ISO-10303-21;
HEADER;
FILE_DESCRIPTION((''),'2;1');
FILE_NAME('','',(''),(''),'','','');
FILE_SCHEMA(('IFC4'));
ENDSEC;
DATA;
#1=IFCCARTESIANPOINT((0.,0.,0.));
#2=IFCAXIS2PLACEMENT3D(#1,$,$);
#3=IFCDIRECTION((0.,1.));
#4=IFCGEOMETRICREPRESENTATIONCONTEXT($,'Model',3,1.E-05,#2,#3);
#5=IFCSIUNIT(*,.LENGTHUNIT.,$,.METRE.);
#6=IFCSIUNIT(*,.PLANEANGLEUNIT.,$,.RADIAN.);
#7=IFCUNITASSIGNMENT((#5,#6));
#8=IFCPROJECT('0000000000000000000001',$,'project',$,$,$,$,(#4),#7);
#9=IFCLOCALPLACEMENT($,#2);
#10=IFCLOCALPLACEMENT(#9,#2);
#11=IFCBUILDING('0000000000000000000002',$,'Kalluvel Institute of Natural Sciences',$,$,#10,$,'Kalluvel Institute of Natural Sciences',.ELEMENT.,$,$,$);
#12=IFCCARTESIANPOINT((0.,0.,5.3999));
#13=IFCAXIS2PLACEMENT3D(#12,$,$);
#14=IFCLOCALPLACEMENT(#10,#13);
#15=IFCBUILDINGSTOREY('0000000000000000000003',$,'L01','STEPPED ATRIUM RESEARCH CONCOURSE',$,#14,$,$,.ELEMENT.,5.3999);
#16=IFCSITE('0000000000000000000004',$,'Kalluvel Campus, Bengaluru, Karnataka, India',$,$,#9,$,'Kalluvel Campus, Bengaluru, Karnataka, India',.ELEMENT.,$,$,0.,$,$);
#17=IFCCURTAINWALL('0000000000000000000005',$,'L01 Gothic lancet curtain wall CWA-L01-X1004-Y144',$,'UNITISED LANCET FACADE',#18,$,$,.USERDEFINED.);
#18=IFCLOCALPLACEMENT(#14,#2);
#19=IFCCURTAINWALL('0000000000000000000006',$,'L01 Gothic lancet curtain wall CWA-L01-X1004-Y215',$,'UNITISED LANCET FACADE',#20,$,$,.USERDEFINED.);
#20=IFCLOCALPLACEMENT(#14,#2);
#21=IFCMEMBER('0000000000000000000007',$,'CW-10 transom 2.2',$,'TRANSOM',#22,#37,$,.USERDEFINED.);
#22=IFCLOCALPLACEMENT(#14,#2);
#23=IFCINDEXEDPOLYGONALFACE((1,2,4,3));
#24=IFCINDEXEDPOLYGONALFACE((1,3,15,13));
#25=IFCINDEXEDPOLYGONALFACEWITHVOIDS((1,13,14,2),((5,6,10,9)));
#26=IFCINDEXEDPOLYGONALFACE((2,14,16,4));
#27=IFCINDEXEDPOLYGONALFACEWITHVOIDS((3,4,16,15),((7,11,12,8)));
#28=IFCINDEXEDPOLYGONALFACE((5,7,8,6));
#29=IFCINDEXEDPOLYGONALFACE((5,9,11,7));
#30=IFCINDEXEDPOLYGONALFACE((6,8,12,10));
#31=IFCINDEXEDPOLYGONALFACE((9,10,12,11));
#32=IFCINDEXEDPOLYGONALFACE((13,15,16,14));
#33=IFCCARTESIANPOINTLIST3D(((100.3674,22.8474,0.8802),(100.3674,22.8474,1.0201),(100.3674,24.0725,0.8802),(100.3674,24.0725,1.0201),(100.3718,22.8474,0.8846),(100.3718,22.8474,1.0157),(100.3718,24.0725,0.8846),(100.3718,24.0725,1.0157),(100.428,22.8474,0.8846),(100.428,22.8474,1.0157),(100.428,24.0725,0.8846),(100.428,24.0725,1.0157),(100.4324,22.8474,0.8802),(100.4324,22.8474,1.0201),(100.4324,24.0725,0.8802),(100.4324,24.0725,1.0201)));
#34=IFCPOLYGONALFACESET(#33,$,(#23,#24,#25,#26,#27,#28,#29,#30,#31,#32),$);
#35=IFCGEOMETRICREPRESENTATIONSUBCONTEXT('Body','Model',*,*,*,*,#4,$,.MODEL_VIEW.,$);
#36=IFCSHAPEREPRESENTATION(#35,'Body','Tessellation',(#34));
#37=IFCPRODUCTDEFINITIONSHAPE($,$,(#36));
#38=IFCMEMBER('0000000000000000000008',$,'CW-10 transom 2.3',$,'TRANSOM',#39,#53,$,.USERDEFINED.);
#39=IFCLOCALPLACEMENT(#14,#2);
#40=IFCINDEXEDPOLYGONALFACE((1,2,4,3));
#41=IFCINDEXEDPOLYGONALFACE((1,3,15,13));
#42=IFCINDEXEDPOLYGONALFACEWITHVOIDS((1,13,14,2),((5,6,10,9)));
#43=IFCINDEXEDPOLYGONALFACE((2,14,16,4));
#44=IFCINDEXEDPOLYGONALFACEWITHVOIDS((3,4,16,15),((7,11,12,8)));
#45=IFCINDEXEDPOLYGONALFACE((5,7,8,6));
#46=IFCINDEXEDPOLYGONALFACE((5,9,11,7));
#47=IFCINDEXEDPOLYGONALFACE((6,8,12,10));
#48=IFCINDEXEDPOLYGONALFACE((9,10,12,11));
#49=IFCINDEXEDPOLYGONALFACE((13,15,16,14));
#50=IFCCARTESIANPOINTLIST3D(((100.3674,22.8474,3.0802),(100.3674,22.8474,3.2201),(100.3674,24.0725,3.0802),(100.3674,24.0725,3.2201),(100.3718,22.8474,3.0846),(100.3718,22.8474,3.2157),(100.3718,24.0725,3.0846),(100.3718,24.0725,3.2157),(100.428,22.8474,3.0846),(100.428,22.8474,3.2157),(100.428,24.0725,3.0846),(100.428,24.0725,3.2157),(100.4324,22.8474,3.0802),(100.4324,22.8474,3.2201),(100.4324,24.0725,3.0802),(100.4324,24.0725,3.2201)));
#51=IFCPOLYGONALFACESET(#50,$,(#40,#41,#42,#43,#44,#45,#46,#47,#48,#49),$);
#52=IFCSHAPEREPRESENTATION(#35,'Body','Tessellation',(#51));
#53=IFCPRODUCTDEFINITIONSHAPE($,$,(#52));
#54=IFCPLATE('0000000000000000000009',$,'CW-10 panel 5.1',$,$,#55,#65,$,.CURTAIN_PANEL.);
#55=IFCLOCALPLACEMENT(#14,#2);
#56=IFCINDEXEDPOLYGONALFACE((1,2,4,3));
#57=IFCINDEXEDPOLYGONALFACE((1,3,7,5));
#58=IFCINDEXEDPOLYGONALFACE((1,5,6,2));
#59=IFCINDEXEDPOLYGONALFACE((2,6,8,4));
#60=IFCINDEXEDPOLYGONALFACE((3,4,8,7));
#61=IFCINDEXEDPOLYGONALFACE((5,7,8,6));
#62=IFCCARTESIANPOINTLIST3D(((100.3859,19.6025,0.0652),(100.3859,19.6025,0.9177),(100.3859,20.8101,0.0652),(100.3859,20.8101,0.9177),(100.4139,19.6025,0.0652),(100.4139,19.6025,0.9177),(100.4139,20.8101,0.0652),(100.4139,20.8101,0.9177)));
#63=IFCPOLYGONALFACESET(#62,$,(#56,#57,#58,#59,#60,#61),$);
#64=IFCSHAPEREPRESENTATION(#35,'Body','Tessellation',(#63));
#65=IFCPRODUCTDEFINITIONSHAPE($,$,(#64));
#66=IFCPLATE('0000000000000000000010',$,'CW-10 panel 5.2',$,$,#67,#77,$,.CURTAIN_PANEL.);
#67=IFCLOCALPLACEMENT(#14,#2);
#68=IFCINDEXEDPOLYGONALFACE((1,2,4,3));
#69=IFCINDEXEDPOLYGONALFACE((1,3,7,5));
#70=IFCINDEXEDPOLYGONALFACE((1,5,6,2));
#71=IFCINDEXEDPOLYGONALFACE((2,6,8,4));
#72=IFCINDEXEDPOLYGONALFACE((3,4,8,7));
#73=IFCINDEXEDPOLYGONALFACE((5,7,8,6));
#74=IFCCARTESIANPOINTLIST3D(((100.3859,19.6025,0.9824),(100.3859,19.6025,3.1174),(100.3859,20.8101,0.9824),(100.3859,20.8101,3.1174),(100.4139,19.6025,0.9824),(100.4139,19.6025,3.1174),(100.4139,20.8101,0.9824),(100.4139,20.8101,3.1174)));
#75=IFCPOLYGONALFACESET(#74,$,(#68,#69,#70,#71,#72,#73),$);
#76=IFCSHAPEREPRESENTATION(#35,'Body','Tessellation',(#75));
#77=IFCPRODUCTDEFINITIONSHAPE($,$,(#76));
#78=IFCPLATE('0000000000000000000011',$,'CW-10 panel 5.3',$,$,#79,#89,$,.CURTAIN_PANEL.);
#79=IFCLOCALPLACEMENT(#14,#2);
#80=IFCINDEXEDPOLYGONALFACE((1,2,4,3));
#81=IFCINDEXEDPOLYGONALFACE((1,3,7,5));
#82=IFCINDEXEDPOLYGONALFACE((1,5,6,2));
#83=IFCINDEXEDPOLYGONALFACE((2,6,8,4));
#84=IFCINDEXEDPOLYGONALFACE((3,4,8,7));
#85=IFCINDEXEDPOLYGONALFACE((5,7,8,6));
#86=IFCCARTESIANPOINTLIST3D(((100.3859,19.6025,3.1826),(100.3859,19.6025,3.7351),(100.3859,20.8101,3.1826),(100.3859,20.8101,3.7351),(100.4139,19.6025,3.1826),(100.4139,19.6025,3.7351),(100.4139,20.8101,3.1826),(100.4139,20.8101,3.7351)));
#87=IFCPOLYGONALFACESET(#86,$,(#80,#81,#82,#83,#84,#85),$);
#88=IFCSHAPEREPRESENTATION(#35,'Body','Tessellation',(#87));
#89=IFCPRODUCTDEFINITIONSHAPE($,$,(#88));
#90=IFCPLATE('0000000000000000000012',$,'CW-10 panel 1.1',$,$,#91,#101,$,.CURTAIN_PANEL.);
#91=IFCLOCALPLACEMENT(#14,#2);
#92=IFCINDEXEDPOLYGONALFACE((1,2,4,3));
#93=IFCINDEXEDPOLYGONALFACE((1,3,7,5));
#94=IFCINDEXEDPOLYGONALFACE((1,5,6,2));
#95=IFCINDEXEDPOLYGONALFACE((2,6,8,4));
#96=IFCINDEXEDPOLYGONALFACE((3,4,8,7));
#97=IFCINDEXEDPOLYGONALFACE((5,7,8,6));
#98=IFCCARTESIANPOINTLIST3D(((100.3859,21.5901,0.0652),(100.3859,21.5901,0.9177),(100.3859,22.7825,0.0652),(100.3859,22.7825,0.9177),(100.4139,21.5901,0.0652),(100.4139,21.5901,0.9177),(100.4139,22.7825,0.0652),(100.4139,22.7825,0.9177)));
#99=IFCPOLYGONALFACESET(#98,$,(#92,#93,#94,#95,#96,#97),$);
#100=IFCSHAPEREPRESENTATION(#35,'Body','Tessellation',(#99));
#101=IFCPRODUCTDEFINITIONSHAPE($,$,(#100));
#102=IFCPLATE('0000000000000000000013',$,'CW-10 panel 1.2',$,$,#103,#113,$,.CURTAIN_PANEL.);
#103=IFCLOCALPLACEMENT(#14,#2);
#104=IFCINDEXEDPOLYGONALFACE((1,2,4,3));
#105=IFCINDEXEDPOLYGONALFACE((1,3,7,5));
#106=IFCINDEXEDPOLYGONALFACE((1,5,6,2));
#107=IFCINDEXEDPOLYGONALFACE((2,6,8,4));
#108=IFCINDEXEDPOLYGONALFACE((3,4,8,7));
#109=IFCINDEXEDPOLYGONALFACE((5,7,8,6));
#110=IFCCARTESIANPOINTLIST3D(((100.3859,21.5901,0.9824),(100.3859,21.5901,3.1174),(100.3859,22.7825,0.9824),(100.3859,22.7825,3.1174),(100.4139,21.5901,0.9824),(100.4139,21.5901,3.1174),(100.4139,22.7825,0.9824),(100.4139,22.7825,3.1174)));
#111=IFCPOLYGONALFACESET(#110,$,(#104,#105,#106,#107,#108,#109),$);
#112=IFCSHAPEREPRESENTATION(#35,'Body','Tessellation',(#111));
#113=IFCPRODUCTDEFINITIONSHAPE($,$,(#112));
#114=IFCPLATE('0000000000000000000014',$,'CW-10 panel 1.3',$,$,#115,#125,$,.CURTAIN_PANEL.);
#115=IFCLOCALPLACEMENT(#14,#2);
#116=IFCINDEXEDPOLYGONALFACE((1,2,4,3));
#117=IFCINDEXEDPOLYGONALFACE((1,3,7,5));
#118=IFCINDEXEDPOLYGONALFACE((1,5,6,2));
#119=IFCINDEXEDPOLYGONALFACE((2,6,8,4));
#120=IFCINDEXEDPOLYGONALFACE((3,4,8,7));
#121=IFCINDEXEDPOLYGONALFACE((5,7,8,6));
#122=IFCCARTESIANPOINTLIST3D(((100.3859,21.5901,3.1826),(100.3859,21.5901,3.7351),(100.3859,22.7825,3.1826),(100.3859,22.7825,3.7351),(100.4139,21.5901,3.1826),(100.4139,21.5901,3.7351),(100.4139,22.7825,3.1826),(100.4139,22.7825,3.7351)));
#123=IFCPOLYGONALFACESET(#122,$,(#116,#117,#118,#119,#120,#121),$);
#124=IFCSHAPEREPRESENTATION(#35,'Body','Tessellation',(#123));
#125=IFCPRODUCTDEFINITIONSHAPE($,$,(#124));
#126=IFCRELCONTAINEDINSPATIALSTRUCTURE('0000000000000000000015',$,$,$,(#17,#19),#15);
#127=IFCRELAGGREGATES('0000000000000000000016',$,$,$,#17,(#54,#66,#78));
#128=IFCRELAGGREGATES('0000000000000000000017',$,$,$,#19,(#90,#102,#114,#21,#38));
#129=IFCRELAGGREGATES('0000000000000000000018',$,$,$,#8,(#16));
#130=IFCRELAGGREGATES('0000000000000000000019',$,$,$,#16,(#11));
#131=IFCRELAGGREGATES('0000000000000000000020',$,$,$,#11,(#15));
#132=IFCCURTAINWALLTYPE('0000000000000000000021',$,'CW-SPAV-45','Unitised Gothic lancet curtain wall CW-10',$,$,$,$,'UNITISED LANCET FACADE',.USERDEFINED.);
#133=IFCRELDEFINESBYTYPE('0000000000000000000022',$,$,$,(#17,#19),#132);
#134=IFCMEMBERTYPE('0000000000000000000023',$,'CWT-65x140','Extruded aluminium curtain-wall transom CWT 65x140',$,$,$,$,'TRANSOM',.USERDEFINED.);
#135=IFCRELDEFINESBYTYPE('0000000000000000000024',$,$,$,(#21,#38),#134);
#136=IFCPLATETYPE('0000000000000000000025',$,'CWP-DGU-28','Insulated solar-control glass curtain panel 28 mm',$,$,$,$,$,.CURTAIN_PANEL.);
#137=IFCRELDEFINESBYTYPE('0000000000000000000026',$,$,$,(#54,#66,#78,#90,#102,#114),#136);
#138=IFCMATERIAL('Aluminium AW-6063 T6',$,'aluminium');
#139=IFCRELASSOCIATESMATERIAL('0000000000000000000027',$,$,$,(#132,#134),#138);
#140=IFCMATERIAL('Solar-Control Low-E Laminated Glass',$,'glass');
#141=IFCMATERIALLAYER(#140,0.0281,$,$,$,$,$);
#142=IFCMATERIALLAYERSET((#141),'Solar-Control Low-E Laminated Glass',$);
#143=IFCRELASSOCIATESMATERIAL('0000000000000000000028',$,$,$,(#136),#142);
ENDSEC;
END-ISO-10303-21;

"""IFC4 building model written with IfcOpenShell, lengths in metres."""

from ifc_helpers import new_model, si_unit, direction, frame, origin, origin_2d, place, context, subcontext, project, spatial, rectangle, hollow_rectangle, extrude, material, layer, layer_set, material_profile, profile_set, type_object, element, aggregate, save


model = new_model("IFC4")

# Units and contexts
model_context = context("Model", 3, precision=1e-05, world=origin(), true_north=direction((0.0, 1.0)))
body_context = subcontext(model_context, "Body", "Model", "MODEL_VIEW")
ifc_project = project(units=[si_unit("LENGTHUNIT", "METRE"), si_unit("PLANEANGLEUNIT", "RADIAN")], contexts=[model_context])

# Site, building, storey
site_placement = place(None, origin())
site = spatial("IfcSite", under=ifc_project, at=site_placement, Name="Kalluvel Campus, Bengaluru, Karnataka, India", LongName="Kalluvel Campus, Bengaluru, Karnataka, India", CompositionType="ELEMENT", RefElevation=0.0)
building_placement = place(site_placement, origin())
building = spatial("IfcBuilding", under=site, at=building_placement, Name="Kalluvel Institute of Natural Sciences", LongName="Kalluvel Institute of Natural Sciences", CompositionType="ELEMENT")
storey_placement = place(building_placement, frame((0.0, 0.0, 5.3999)))
storey = spatial("IfcBuildingStorey", under=building, at=storey_placement, Name="L01", Description="STEPPED ATRIUM RESEARCH CONCOURSE", CompositionType="ELEMENT", Elevation=5.3999)

# Curtain wall
ifc_material_1 = material(Name="Aluminium AW-6063 T6", Category="aluminium")
curtain_wall_type = type_object("IfcCurtainWallType", Name="CW-SPAV-45", Description="Unitised Gothic lancet curtain wall CW-10", ElementType="UNITISED LANCET FACADE", PredefinedType="USERDEFINED", material=ifc_material_1)
curtain_wall_1_placement = place(storey_placement, origin())
curtain_wall_1 = element("IfcCurtainWall", 1, at=curtain_wall_1_placement, inside=storey, type_object=curtain_wall_type, Name="L01 Gothic lancet curtain wall CWA-L01-X1004-Y144", ObjectType="UNITISED LANCET FACADE", PredefinedType="USERDEFINED")

# Curtain wall
curtain_wall_2_placement = place(storey_placement, origin())
curtain_wall_2 = element("IfcCurtainWall", 2, at=curtain_wall_2_placement, inside=storey, type_object=curtain_wall_type, Name="L01 Gothic lancet curtain wall CWA-L01-X1004-Y215", ObjectType="UNITISED LANCET FACADE", PredefinedType="USERDEFINED")

# Members
ifc_material_profile_1 = material_profile(ifc_material_1, hollow_rectangle(XDim=0.0649, YDim=0.1399, WallThickness=0.0044, at=origin_2d()), Name="CWT 65x140")
ifc_profile_set_1 = profile_set([ifc_material_profile_1], Name="Aluminium AW-6063 T6")
member_type_1 = type_object("IfcMemberType", Name="CWT-65x140", Description="Extruded aluminium curtain-wall transom CWT 65x140", ElementType="TRANSOM", PredefinedType="USERDEFINED", material=ifc_profile_set_1)
member_1_placement = place(storey_placement, frame((100.3999, 22.8474, 0.9502), z_axis=(0.0, 1.0, 0.0), x_axis=(-1.0, 0.0, 0.0)))
member_1 = element("IfcMember", 3, at=member_1_placement, type_object=member_type_1, Name="CW-10 transom 2.2", ObjectType="TRANSOM", PredefinedType="USERDEFINED", context=body_context, shape_type="SweptSolid", body=[
    extrude(hollow_rectangle(XDim=0.0649, YDim=0.1399, WallThickness=0.0044, at=origin_2d()), origin(), (0.0, 0.0, 1.0), 1.2251),
])
member_2_placement = place(storey_placement, frame((100.3999, 22.8474, 3.1501), z_axis=(0.0, 1.0, 0.0), x_axis=(-1.0, 0.0, 0.0)))
member_2 = element("IfcMember", 4, at=member_2_placement, type_object=member_type_1, Name="CW-10 transom 2.3", ObjectType="TRANSOM", PredefinedType="USERDEFINED", context=body_context, shape_type="SweptSolid", body=[
    extrude(hollow_rectangle(XDim=0.0649, YDim=0.1399, WallThickness=0.0044, at=origin_2d()), origin(), (0.0, 0.0, 1.0), 1.2251),
])

# Plates
ifc_material_2 = material(Name="Solar-Control Low-E Laminated Glass", Category="glass")
ifc_layer = layer(ifc_material_2, 0.0281)
ifc_layer_set = layer_set([ifc_layer], Name="Solar-Control Low-E Laminated Glass")
plate_type = type_object("IfcPlateType", Name="CWP-DGU-28", Description="Insulated solar-control glass curtain panel 28 mm", PredefinedType="CURTAIN_PANEL", material=ifc_layer_set)
plate_1_placement = place(storey_placement, frame((100.3999, 20.2063, 0.0652), z_axis=(0.0, 0.0, 1.0), x_axis=(0.0, 1.0, 0.0)))
plate_1 = element("IfcPlate", 5, at=plate_1_placement, type_object=plate_type, Name="CW-10 panel 5.1", PredefinedType="CURTAIN_PANEL", context=body_context, shape_type="SweptSolid", body=[
    extrude(rectangle(XDim=1.2075, YDim=0.0281, at=origin_2d()), origin(), (0.0, 0.0, 1.0), 0.8525),
])
plate_2_placement = place(storey_placement, frame((100.3999, 20.2063, 0.9824), z_axis=(0.0, 0.0, 1.0), x_axis=(0.0, 1.0, 0.0)))
plate_2 = element("IfcPlate", 6, at=plate_2_placement, type_object=plate_type, Name="CW-10 panel 5.2", PredefinedType="CURTAIN_PANEL", context=body_context, shape_type="SweptSolid", body=[
    extrude(rectangle(XDim=1.2075, YDim=0.0281, at=origin_2d()), origin(), (0.0, 0.0, 1.0), 2.135),
])
plate_3_placement = place(storey_placement, frame((100.3999, 20.2063, 3.1826), z_axis=(0.0, 0.0, 1.0), x_axis=(0.0, 1.0, 0.0)))
plate_3 = element("IfcPlate", 7, at=plate_3_placement, type_object=plate_type, Name="CW-10 panel 5.3", PredefinedType="CURTAIN_PANEL", context=body_context, shape_type="SweptSolid", body=[
    extrude(rectangle(XDim=1.2075, YDim=0.0281, at=origin_2d()), origin(), (0.0, 0.0, 1.0), 0.5525),
])
aggregate(curtain_wall_1, [plate_1, plate_2, plate_3])
plate_4_placement = place(storey_placement, frame((100.3999, 22.1863, 0.0652), z_axis=(0.0, 0.0, 1.0), x_axis=(0.0, 1.0, 0.0)))
plate_4 = element("IfcPlate", 8, at=plate_4_placement, type_object=plate_type, Name="CW-10 panel 1.1", PredefinedType="CURTAIN_PANEL", context=body_context, shape_type="SweptSolid", body=[
    extrude(rectangle(XDim=1.1924, YDim=0.0281, at=origin_2d()), origin(), (0.0, 0.0, 1.0), 0.8525),
])
plate_5_placement = place(storey_placement, frame((100.3999, 22.1863, 0.9824), z_axis=(0.0, 0.0, 1.0), x_axis=(0.0, 1.0, 0.0)))
plate_5 = element("IfcPlate", 9, at=plate_5_placement, type_object=plate_type, Name="CW-10 panel 1.2", PredefinedType="CURTAIN_PANEL", context=body_context, shape_type="SweptSolid", body=[
    extrude(rectangle(XDim=1.1924, YDim=0.0281, at=origin_2d()), origin(), (0.0, 0.0, 1.0), 2.135),
])
plate_6_placement = place(storey_placement, frame((100.3999, 22.1863, 3.1826), z_axis=(0.0, 0.0, 1.0), x_axis=(0.0, 1.0, 0.0)))
plate_6 = element("IfcPlate", 10, at=plate_6_placement, type_object=plate_type, Name="CW-10 panel 1.3", PredefinedType="CURTAIN_PANEL", context=body_context, shape_type="SweptSolid", body=[
    extrude(rectangle(XDim=1.1924, YDim=0.0281, at=origin_2d()), origin(), (0.0, 0.0, 1.0), 0.5525),
])
aggregate(curtain_wall_2, [plate_4, plate_5, plate_6, member_1, member_2])

save(model, "model.ifc")
